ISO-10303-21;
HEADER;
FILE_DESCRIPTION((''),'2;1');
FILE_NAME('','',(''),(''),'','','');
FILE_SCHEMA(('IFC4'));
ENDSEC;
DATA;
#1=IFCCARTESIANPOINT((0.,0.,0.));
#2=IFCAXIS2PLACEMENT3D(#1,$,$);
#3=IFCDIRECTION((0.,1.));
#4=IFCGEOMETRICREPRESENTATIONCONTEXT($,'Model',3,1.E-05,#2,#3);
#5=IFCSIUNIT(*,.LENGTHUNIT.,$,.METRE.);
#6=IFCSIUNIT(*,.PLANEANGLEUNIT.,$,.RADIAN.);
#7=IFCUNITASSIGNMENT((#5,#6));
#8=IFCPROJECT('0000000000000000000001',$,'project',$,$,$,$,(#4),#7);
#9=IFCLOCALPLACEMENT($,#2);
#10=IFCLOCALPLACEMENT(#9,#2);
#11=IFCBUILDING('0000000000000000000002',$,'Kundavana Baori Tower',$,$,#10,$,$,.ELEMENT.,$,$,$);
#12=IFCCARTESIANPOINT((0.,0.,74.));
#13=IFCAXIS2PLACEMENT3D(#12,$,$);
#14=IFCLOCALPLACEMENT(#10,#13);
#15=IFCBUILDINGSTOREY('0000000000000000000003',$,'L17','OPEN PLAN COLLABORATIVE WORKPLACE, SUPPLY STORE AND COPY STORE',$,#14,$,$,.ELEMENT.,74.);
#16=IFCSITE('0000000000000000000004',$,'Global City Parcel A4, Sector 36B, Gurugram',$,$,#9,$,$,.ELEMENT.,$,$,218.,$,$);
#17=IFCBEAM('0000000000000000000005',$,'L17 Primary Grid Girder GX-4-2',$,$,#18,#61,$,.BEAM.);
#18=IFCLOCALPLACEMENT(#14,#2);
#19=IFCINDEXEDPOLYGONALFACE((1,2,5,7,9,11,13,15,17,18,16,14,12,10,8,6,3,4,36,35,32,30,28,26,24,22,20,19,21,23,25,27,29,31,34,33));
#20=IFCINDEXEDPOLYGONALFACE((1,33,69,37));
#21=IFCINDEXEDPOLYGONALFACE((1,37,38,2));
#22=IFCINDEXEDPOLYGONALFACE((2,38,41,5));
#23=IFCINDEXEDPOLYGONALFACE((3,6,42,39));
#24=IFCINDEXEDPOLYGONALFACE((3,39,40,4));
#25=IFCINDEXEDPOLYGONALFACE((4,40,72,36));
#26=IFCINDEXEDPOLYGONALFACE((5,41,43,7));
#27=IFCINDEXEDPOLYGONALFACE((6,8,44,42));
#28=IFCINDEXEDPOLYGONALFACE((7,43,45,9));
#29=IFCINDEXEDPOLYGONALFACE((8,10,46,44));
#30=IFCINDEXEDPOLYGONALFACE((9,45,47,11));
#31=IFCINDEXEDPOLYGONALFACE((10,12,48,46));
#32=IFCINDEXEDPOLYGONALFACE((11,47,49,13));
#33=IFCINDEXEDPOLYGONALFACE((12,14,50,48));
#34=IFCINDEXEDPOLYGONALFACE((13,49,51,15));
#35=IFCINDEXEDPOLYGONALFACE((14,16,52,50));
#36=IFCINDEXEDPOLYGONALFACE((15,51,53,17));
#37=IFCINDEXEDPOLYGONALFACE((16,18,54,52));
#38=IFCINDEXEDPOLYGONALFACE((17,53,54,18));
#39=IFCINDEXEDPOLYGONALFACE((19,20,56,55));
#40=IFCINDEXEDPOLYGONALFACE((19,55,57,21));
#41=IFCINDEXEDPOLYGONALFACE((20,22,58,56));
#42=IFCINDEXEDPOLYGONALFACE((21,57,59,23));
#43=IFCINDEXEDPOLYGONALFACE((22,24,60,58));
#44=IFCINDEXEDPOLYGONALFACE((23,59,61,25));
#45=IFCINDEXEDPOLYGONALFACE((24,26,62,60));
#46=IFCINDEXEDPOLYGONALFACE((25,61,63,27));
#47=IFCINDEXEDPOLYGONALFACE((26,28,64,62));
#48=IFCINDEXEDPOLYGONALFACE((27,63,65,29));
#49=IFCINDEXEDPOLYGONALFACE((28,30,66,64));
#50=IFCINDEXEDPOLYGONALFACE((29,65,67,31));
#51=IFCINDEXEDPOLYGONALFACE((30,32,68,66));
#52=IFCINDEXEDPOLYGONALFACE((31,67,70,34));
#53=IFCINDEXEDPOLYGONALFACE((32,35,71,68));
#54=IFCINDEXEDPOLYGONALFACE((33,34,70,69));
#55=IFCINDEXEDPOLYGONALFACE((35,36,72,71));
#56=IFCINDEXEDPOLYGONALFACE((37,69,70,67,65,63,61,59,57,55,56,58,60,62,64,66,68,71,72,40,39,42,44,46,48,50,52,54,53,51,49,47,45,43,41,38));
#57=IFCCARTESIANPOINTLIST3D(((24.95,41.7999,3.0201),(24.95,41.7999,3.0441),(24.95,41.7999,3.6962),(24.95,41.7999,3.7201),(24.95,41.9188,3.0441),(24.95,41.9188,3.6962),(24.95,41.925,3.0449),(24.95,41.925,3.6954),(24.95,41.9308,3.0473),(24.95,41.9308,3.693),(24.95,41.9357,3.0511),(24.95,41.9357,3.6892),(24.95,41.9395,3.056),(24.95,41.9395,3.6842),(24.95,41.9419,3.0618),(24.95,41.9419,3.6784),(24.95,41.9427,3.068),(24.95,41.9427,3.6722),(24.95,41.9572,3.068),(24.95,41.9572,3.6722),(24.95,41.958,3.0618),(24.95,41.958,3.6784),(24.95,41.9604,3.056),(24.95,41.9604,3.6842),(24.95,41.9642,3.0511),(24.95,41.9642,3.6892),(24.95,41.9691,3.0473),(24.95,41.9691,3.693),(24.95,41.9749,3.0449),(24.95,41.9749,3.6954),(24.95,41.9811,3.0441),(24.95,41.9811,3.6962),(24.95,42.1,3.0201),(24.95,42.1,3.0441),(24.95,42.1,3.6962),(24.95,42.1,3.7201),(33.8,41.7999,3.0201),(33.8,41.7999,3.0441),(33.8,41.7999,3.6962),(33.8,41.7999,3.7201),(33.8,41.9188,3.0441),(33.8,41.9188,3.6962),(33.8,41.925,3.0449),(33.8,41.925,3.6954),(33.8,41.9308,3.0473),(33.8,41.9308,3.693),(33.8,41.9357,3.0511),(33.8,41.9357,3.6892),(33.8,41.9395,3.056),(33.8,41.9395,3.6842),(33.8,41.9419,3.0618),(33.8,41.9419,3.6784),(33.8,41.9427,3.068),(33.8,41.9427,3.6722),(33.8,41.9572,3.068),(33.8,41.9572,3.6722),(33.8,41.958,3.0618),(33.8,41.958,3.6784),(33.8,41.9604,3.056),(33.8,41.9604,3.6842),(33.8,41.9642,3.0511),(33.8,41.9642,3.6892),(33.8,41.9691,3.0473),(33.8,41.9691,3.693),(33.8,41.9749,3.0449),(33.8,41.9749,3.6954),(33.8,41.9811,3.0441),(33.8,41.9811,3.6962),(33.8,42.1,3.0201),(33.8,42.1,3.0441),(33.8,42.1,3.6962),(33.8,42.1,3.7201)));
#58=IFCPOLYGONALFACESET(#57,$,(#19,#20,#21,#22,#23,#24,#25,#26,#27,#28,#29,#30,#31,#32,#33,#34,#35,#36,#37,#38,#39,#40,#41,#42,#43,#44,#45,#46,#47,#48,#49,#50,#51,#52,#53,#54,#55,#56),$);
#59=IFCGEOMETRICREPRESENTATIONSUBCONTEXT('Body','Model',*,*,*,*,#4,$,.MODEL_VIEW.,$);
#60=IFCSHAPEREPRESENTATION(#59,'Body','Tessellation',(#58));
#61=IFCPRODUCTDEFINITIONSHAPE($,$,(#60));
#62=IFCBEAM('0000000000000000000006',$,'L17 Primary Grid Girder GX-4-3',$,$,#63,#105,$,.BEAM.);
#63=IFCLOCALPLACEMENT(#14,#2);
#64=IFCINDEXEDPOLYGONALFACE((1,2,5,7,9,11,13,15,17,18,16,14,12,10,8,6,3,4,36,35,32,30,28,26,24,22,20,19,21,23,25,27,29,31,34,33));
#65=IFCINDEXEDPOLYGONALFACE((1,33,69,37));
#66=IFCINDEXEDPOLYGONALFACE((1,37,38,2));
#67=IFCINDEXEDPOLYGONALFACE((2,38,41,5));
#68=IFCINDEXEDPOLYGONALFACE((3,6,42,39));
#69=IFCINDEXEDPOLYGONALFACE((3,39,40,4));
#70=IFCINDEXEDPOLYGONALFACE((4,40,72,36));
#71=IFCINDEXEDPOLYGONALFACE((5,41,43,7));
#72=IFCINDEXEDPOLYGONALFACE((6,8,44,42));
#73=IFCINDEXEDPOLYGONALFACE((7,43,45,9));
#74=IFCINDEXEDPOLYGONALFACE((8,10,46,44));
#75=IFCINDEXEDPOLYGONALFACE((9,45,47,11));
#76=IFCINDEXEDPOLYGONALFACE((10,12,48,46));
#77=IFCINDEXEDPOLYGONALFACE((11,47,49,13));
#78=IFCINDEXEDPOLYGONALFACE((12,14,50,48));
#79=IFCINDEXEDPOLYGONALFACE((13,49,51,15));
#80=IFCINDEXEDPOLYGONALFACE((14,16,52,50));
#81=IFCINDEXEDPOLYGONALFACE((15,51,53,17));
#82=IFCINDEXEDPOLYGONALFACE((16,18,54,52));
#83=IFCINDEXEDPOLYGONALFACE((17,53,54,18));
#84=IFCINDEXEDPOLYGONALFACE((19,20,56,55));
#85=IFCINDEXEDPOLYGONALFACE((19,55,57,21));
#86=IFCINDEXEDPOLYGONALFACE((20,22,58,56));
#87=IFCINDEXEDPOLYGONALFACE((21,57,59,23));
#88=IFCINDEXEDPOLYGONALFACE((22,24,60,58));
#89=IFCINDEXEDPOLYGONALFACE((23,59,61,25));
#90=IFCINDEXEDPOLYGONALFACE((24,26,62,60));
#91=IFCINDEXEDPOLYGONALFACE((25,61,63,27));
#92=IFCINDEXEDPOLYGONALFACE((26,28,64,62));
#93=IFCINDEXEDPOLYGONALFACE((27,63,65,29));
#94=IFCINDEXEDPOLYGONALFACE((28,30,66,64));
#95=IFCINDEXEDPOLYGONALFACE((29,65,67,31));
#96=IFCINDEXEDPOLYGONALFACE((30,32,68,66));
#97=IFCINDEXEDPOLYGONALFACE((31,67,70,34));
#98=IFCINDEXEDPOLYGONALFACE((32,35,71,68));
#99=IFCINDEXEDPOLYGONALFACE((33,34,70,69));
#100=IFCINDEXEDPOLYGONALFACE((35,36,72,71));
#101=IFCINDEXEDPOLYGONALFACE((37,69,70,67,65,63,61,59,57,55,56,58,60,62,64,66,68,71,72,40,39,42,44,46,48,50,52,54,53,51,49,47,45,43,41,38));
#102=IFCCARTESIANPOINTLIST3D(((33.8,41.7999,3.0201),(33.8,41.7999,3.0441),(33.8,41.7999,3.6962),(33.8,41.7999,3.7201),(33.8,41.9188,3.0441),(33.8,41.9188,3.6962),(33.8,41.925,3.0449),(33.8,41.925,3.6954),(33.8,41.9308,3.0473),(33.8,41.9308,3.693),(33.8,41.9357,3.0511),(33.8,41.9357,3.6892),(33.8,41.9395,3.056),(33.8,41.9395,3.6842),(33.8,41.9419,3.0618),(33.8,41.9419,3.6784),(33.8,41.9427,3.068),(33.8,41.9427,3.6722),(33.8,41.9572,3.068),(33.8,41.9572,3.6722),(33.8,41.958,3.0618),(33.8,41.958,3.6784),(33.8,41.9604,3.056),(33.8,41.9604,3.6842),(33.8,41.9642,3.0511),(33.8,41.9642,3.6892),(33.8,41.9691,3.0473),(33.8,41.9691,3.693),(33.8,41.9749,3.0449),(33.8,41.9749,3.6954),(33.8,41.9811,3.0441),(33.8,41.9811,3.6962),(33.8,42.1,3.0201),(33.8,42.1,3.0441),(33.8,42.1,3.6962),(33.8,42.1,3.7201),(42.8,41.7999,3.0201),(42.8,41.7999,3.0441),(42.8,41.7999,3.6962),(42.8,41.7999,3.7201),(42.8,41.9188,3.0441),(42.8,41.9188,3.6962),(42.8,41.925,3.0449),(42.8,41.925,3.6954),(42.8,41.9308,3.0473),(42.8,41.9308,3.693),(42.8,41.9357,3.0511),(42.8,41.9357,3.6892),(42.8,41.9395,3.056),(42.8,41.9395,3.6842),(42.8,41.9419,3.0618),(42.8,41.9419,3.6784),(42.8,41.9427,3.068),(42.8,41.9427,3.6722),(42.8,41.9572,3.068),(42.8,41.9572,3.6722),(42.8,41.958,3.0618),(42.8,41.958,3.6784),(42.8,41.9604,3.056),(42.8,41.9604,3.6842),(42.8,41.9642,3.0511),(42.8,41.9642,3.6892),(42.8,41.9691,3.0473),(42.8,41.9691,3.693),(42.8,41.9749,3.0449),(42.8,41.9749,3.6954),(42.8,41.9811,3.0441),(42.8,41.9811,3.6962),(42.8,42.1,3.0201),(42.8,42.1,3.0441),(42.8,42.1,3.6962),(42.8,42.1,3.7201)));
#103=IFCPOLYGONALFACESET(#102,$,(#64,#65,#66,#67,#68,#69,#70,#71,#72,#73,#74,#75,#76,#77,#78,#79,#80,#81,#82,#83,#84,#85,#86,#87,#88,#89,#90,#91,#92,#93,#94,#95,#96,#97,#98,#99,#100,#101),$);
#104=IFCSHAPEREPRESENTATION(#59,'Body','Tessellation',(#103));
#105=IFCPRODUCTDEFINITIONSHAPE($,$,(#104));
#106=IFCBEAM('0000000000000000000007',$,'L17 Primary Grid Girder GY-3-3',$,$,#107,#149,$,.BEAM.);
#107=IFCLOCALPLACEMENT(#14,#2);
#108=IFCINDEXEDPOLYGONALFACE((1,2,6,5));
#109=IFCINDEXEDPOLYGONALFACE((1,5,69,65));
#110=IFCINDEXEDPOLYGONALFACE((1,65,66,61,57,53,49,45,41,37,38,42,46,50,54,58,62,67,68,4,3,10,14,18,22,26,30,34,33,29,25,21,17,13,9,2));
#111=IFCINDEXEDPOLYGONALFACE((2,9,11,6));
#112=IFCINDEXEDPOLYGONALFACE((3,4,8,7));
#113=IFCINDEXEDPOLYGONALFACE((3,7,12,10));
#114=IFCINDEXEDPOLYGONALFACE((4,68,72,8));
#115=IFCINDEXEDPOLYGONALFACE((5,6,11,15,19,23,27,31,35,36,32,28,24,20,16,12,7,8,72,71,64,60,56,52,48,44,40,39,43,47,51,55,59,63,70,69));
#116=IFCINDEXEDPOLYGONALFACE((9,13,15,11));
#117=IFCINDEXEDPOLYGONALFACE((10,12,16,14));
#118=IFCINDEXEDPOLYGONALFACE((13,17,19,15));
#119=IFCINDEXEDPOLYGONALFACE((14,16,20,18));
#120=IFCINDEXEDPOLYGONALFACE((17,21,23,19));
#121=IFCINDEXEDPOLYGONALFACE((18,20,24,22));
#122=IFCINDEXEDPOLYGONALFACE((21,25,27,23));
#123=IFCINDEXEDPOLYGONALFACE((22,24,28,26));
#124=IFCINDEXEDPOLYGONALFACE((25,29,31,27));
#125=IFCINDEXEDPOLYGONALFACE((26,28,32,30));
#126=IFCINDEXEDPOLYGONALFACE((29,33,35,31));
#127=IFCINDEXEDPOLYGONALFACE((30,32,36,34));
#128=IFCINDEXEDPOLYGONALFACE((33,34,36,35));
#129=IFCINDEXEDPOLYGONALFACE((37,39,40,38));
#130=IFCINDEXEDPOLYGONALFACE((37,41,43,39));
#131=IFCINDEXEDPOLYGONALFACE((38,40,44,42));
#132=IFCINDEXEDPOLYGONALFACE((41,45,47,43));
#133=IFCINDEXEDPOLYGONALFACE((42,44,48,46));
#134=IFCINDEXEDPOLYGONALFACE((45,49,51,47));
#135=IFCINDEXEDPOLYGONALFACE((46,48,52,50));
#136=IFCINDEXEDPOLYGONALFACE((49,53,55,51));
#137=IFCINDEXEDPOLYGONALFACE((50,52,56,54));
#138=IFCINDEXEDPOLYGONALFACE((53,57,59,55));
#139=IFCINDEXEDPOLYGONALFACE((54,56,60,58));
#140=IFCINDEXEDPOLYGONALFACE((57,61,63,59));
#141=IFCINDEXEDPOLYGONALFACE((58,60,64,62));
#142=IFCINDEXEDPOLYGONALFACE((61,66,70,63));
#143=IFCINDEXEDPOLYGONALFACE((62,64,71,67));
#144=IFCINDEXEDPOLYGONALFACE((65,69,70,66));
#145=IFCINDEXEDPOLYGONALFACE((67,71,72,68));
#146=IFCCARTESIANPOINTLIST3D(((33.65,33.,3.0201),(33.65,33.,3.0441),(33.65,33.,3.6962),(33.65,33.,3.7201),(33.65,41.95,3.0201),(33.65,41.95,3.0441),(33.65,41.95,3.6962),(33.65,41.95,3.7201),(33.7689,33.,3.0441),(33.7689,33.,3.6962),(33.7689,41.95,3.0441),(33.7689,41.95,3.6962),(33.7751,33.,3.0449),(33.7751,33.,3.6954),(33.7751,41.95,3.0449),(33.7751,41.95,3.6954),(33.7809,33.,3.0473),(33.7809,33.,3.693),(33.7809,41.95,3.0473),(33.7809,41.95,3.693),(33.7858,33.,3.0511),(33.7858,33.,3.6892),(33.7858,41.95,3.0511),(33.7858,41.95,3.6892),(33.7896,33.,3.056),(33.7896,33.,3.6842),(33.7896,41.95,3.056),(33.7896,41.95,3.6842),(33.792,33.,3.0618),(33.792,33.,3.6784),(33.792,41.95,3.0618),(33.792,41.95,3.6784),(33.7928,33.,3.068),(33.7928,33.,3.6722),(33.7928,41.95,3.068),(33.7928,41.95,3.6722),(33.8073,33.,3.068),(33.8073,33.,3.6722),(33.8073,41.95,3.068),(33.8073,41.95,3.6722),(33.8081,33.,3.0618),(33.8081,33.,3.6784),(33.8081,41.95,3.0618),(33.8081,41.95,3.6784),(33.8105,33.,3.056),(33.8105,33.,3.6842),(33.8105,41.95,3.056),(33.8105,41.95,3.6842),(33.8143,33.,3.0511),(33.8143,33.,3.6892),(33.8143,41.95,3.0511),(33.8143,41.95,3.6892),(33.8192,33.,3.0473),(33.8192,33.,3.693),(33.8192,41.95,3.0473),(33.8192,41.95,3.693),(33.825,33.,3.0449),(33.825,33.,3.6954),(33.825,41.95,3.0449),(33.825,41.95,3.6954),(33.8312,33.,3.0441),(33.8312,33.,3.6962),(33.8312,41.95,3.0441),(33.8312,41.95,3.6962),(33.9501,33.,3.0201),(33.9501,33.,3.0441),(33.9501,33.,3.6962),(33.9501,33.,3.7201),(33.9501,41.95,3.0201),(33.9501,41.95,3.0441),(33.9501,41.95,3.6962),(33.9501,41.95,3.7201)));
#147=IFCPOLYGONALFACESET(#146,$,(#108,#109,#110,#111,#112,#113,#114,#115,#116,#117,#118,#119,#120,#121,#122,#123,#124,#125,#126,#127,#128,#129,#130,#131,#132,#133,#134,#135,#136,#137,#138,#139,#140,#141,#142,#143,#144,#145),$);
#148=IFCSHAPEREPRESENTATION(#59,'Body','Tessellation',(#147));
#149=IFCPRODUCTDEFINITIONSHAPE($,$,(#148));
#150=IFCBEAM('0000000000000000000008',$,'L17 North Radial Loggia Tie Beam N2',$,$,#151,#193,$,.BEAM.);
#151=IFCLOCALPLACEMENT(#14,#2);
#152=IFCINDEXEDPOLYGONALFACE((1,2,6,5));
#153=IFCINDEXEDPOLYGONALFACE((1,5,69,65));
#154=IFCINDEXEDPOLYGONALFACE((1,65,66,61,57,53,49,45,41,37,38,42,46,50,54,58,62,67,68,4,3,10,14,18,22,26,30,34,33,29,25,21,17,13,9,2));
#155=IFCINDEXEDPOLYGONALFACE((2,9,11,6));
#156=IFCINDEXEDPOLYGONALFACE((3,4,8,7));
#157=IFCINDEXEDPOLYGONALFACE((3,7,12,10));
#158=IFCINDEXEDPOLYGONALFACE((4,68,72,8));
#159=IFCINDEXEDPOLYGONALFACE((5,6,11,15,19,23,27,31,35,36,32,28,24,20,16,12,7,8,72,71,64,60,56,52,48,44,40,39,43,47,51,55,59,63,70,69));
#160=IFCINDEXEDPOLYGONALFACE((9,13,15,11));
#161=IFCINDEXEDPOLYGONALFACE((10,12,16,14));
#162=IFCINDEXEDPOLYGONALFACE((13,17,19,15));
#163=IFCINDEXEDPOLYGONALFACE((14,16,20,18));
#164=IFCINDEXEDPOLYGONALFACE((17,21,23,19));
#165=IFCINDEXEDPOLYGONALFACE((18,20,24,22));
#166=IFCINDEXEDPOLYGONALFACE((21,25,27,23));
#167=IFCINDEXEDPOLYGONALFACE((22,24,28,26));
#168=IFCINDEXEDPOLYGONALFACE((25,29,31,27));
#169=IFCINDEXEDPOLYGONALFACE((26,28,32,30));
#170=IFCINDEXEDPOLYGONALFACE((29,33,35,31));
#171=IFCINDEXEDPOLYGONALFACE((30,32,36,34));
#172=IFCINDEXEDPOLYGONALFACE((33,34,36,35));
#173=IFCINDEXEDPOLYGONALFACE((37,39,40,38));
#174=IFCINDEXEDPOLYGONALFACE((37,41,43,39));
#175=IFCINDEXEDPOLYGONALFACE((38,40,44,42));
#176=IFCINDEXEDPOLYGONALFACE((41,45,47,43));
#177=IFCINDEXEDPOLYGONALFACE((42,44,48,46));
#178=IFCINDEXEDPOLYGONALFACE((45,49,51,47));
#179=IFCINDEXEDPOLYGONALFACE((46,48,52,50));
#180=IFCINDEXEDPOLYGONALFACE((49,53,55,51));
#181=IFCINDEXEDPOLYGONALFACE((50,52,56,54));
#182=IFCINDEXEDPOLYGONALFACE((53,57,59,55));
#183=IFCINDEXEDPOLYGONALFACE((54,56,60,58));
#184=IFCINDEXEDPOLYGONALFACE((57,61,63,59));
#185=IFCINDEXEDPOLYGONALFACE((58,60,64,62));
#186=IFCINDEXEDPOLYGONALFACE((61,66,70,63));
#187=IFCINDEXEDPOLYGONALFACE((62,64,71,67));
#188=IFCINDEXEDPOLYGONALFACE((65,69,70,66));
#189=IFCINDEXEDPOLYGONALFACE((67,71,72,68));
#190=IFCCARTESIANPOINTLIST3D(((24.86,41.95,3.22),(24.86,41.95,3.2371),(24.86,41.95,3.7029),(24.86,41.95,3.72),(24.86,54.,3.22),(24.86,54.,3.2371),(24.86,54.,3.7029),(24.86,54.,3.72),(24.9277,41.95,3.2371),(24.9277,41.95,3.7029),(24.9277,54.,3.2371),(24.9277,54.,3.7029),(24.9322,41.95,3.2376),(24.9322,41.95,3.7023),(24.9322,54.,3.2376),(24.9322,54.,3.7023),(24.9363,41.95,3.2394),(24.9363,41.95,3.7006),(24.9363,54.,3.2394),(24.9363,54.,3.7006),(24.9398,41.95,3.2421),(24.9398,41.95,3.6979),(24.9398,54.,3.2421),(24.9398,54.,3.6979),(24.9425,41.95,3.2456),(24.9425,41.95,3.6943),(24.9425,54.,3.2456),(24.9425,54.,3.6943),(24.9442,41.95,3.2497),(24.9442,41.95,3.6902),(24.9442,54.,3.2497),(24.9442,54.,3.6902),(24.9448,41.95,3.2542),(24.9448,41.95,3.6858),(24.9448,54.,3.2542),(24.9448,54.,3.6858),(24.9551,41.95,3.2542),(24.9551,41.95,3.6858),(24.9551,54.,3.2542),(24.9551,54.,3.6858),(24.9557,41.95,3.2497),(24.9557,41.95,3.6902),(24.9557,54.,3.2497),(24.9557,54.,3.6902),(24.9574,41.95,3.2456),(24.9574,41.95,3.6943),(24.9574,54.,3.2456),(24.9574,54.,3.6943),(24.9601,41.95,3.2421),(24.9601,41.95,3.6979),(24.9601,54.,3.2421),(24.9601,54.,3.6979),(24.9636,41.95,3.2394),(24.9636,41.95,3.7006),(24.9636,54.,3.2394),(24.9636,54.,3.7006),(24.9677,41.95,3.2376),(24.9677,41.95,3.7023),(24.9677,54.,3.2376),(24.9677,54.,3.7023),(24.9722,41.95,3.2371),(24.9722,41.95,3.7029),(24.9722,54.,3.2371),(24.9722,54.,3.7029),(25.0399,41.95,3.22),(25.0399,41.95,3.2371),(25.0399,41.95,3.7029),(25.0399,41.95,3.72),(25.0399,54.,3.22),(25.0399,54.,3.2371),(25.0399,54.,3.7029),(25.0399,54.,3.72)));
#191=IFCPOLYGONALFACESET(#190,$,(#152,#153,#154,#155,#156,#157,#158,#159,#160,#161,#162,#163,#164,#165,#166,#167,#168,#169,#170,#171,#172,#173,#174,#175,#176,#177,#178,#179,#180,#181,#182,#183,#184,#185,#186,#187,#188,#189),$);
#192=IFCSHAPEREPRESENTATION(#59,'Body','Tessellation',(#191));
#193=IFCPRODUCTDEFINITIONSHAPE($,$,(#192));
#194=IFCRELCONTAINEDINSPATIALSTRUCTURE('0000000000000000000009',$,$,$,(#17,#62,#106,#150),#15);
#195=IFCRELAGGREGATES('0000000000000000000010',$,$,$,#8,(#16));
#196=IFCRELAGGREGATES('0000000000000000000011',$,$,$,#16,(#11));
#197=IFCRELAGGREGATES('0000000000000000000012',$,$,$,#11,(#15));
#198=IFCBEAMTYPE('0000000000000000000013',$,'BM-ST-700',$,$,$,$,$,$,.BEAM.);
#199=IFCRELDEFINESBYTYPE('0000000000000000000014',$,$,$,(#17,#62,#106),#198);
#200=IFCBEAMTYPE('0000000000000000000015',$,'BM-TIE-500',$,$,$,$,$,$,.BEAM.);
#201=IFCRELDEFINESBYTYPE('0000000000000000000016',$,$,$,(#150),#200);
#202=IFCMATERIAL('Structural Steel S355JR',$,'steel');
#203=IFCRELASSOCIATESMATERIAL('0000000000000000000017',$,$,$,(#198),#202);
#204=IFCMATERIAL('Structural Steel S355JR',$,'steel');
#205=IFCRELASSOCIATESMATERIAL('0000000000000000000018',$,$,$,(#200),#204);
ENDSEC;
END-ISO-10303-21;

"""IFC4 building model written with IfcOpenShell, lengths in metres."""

from ifc_helpers import new_model, si_unit, direction, frame, origin, origin_2d, place, context, subcontext, project, spatial, i_section, extrude, material, material_profile, profile_set, type_object, element, save


model = new_model("IFC4")

# Units and contexts
model_context = context("Model", 3, precision=1e-05, world=origin(), true_north=direction((0.0, 1.0)))
body_context = subcontext(model_context, "Body", "Model", "MODEL_VIEW")
ifc_project = project(units=[si_unit("LENGTHUNIT", "METRE"), si_unit("PLANEANGLEUNIT", "RADIAN")], contexts=[model_context])

# Site, building, storey
site_placement = place(None, origin())
site = spatial("IfcSite", under=ifc_project, at=site_placement, Name="Global City Parcel A4, Sector 36B, Gurugram", CompositionType="ELEMENT", RefElevation=218.0)
building_placement = place(site_placement, origin())
building = spatial("IfcBuilding", under=site, at=building_placement, Name="Kundavana Baori Tower", CompositionType="ELEMENT")
storey_placement = place(building_placement, frame((0.0, 0.0, 74.0)))
storey = spatial("IfcBuildingStorey", under=building, at=storey_placement, Name="L17", Description="OPEN PLAN COLLABORATIVE WORKPLACE, SUPPLY STORE AND COPY STORE", CompositionType="ELEMENT", Elevation=74.0)

# Beams
ifc_material_1 = material(Name="Structural Steel S355JR", Category="steel")
ifc_material_profile_1 = material_profile(ifc_material_1, i_section(OverallWidth=0.3, OverallDepth=0.7, WebThickness=0.0144, FlangeThickness=0.0239, FilletRadius=0.0239, at=origin_2d()), Name="NPB 700x300x170")
ifc_profile_set_1 = profile_set([ifc_material_profile_1], Name="Structural Steel S355JR")
beam_type_1 = type_object("IfcBeamType", Name="BM-ST-700", PredefinedType="BEAM", material=ifc_profile_set_1)
for number, where, z_axis, x_axis, name in (
    (1, (24.95, 41.95, 3.3701), (1.0, 0.0, 0.0), (0.0, 1.0, 0.0), "L17 Primary Grid Girder GX-4-2"),
):
    element("IfcBeam", number, at=place(storey_placement, frame(where, z_axis=z_axis, x_axis=x_axis)), inside=storey, type_object=beam_type_1, Name=name, PredefinedType="BEAM", context=body_context, shape_type="SweptSolid", body=[
        extrude(i_section(OverallWidth=0.3, OverallDepth=0.7, WebThickness=0.0144, FlangeThickness=0.0239, FilletRadius=0.0239, at=origin_2d()), origin(), (0.0, 0.0, 1.0), 8.8501),
    ])
beam_1_placement = place(storey_placement, frame((33.8, 41.95, 3.3701), z_axis=(1.0, 0.0, 0.0), x_axis=(0.0, 1.0, 0.0)))
element("IfcBeam", 2, at=beam_1_placement, inside=storey, type_object=beam_type_1, Name="L17 Primary Grid Girder GX-4-3", PredefinedType="BEAM", context=body_context, shape_type="SweptSolid", body=[
    extrude(i_section(OverallWidth=0.3, OverallDepth=0.7, WebThickness=0.0144, FlangeThickness=0.0239, FilletRadius=0.0239, at=origin_2d()), origin(), (0.0, 0.0, 1.0), 9.0),
])
beam_2_placement = place(storey_placement, frame((33.8, 33.0, 3.3701), z_axis=(0.0, 1.0, 0.0), x_axis=(-1.0, 0.0, 0.0)))
element("IfcBeam", 3, at=beam_2_placement, inside=storey, type_object=beam_type_1, Name="L17 Primary Grid Girder GY-3-3", PredefinedType="BEAM", context=body_context, shape_type="SweptSolid", body=[
    extrude(i_section(OverallWidth=0.3, OverallDepth=0.7, WebThickness=0.0144, FlangeThickness=0.0239, FilletRadius=0.0239, at=origin_2d()), origin(), (0.0, 0.0, 1.0), 8.95),
])
ifc_material_2 = material(Name="Structural Steel S355JR", Category="steel")
ifc_material_profile_2 = material_profile(ifc_material_2, i_section(OverallWidth=0.1799, OverallDepth=0.5, WebThickness=0.0103, FlangeThickness=0.0171, FilletRadius=0.0171, at=origin_2d()), Name="ISMB 500")
ifc_profile_set_2 = profile_set([ifc_material_profile_2], Name="Structural Steel S355JR")
beam_type_2 = type_object("IfcBeamType", Name="BM-TIE-500", PredefinedType="BEAM", material=ifc_profile_set_2)
for number, where, z_axis, x_axis, name in (
    (4, (24.95, 41.95, 3.47), (0.0, 1.0, 0.0), (-1.0, 0.0, 0.0), "L17 North Radial Loggia Tie Beam N2"),
):
    element("IfcBeam", number, at=place(storey_placement, frame(where, z_axis=z_axis, x_axis=x_axis)), inside=storey, type_object=beam_type_2, Name=name, PredefinedType="BEAM", context=body_context, shape_type="SweptSolid", body=[
        extrude(i_section(OverallWidth=0.1799, OverallDepth=0.5, WebThickness=0.0103, FlangeThickness=0.0171, FilletRadius=0.0171, at=origin_2d()), origin(), (0.0, 0.0, 1.0), 12.05),
    ])

save(model, "model.ifc")
